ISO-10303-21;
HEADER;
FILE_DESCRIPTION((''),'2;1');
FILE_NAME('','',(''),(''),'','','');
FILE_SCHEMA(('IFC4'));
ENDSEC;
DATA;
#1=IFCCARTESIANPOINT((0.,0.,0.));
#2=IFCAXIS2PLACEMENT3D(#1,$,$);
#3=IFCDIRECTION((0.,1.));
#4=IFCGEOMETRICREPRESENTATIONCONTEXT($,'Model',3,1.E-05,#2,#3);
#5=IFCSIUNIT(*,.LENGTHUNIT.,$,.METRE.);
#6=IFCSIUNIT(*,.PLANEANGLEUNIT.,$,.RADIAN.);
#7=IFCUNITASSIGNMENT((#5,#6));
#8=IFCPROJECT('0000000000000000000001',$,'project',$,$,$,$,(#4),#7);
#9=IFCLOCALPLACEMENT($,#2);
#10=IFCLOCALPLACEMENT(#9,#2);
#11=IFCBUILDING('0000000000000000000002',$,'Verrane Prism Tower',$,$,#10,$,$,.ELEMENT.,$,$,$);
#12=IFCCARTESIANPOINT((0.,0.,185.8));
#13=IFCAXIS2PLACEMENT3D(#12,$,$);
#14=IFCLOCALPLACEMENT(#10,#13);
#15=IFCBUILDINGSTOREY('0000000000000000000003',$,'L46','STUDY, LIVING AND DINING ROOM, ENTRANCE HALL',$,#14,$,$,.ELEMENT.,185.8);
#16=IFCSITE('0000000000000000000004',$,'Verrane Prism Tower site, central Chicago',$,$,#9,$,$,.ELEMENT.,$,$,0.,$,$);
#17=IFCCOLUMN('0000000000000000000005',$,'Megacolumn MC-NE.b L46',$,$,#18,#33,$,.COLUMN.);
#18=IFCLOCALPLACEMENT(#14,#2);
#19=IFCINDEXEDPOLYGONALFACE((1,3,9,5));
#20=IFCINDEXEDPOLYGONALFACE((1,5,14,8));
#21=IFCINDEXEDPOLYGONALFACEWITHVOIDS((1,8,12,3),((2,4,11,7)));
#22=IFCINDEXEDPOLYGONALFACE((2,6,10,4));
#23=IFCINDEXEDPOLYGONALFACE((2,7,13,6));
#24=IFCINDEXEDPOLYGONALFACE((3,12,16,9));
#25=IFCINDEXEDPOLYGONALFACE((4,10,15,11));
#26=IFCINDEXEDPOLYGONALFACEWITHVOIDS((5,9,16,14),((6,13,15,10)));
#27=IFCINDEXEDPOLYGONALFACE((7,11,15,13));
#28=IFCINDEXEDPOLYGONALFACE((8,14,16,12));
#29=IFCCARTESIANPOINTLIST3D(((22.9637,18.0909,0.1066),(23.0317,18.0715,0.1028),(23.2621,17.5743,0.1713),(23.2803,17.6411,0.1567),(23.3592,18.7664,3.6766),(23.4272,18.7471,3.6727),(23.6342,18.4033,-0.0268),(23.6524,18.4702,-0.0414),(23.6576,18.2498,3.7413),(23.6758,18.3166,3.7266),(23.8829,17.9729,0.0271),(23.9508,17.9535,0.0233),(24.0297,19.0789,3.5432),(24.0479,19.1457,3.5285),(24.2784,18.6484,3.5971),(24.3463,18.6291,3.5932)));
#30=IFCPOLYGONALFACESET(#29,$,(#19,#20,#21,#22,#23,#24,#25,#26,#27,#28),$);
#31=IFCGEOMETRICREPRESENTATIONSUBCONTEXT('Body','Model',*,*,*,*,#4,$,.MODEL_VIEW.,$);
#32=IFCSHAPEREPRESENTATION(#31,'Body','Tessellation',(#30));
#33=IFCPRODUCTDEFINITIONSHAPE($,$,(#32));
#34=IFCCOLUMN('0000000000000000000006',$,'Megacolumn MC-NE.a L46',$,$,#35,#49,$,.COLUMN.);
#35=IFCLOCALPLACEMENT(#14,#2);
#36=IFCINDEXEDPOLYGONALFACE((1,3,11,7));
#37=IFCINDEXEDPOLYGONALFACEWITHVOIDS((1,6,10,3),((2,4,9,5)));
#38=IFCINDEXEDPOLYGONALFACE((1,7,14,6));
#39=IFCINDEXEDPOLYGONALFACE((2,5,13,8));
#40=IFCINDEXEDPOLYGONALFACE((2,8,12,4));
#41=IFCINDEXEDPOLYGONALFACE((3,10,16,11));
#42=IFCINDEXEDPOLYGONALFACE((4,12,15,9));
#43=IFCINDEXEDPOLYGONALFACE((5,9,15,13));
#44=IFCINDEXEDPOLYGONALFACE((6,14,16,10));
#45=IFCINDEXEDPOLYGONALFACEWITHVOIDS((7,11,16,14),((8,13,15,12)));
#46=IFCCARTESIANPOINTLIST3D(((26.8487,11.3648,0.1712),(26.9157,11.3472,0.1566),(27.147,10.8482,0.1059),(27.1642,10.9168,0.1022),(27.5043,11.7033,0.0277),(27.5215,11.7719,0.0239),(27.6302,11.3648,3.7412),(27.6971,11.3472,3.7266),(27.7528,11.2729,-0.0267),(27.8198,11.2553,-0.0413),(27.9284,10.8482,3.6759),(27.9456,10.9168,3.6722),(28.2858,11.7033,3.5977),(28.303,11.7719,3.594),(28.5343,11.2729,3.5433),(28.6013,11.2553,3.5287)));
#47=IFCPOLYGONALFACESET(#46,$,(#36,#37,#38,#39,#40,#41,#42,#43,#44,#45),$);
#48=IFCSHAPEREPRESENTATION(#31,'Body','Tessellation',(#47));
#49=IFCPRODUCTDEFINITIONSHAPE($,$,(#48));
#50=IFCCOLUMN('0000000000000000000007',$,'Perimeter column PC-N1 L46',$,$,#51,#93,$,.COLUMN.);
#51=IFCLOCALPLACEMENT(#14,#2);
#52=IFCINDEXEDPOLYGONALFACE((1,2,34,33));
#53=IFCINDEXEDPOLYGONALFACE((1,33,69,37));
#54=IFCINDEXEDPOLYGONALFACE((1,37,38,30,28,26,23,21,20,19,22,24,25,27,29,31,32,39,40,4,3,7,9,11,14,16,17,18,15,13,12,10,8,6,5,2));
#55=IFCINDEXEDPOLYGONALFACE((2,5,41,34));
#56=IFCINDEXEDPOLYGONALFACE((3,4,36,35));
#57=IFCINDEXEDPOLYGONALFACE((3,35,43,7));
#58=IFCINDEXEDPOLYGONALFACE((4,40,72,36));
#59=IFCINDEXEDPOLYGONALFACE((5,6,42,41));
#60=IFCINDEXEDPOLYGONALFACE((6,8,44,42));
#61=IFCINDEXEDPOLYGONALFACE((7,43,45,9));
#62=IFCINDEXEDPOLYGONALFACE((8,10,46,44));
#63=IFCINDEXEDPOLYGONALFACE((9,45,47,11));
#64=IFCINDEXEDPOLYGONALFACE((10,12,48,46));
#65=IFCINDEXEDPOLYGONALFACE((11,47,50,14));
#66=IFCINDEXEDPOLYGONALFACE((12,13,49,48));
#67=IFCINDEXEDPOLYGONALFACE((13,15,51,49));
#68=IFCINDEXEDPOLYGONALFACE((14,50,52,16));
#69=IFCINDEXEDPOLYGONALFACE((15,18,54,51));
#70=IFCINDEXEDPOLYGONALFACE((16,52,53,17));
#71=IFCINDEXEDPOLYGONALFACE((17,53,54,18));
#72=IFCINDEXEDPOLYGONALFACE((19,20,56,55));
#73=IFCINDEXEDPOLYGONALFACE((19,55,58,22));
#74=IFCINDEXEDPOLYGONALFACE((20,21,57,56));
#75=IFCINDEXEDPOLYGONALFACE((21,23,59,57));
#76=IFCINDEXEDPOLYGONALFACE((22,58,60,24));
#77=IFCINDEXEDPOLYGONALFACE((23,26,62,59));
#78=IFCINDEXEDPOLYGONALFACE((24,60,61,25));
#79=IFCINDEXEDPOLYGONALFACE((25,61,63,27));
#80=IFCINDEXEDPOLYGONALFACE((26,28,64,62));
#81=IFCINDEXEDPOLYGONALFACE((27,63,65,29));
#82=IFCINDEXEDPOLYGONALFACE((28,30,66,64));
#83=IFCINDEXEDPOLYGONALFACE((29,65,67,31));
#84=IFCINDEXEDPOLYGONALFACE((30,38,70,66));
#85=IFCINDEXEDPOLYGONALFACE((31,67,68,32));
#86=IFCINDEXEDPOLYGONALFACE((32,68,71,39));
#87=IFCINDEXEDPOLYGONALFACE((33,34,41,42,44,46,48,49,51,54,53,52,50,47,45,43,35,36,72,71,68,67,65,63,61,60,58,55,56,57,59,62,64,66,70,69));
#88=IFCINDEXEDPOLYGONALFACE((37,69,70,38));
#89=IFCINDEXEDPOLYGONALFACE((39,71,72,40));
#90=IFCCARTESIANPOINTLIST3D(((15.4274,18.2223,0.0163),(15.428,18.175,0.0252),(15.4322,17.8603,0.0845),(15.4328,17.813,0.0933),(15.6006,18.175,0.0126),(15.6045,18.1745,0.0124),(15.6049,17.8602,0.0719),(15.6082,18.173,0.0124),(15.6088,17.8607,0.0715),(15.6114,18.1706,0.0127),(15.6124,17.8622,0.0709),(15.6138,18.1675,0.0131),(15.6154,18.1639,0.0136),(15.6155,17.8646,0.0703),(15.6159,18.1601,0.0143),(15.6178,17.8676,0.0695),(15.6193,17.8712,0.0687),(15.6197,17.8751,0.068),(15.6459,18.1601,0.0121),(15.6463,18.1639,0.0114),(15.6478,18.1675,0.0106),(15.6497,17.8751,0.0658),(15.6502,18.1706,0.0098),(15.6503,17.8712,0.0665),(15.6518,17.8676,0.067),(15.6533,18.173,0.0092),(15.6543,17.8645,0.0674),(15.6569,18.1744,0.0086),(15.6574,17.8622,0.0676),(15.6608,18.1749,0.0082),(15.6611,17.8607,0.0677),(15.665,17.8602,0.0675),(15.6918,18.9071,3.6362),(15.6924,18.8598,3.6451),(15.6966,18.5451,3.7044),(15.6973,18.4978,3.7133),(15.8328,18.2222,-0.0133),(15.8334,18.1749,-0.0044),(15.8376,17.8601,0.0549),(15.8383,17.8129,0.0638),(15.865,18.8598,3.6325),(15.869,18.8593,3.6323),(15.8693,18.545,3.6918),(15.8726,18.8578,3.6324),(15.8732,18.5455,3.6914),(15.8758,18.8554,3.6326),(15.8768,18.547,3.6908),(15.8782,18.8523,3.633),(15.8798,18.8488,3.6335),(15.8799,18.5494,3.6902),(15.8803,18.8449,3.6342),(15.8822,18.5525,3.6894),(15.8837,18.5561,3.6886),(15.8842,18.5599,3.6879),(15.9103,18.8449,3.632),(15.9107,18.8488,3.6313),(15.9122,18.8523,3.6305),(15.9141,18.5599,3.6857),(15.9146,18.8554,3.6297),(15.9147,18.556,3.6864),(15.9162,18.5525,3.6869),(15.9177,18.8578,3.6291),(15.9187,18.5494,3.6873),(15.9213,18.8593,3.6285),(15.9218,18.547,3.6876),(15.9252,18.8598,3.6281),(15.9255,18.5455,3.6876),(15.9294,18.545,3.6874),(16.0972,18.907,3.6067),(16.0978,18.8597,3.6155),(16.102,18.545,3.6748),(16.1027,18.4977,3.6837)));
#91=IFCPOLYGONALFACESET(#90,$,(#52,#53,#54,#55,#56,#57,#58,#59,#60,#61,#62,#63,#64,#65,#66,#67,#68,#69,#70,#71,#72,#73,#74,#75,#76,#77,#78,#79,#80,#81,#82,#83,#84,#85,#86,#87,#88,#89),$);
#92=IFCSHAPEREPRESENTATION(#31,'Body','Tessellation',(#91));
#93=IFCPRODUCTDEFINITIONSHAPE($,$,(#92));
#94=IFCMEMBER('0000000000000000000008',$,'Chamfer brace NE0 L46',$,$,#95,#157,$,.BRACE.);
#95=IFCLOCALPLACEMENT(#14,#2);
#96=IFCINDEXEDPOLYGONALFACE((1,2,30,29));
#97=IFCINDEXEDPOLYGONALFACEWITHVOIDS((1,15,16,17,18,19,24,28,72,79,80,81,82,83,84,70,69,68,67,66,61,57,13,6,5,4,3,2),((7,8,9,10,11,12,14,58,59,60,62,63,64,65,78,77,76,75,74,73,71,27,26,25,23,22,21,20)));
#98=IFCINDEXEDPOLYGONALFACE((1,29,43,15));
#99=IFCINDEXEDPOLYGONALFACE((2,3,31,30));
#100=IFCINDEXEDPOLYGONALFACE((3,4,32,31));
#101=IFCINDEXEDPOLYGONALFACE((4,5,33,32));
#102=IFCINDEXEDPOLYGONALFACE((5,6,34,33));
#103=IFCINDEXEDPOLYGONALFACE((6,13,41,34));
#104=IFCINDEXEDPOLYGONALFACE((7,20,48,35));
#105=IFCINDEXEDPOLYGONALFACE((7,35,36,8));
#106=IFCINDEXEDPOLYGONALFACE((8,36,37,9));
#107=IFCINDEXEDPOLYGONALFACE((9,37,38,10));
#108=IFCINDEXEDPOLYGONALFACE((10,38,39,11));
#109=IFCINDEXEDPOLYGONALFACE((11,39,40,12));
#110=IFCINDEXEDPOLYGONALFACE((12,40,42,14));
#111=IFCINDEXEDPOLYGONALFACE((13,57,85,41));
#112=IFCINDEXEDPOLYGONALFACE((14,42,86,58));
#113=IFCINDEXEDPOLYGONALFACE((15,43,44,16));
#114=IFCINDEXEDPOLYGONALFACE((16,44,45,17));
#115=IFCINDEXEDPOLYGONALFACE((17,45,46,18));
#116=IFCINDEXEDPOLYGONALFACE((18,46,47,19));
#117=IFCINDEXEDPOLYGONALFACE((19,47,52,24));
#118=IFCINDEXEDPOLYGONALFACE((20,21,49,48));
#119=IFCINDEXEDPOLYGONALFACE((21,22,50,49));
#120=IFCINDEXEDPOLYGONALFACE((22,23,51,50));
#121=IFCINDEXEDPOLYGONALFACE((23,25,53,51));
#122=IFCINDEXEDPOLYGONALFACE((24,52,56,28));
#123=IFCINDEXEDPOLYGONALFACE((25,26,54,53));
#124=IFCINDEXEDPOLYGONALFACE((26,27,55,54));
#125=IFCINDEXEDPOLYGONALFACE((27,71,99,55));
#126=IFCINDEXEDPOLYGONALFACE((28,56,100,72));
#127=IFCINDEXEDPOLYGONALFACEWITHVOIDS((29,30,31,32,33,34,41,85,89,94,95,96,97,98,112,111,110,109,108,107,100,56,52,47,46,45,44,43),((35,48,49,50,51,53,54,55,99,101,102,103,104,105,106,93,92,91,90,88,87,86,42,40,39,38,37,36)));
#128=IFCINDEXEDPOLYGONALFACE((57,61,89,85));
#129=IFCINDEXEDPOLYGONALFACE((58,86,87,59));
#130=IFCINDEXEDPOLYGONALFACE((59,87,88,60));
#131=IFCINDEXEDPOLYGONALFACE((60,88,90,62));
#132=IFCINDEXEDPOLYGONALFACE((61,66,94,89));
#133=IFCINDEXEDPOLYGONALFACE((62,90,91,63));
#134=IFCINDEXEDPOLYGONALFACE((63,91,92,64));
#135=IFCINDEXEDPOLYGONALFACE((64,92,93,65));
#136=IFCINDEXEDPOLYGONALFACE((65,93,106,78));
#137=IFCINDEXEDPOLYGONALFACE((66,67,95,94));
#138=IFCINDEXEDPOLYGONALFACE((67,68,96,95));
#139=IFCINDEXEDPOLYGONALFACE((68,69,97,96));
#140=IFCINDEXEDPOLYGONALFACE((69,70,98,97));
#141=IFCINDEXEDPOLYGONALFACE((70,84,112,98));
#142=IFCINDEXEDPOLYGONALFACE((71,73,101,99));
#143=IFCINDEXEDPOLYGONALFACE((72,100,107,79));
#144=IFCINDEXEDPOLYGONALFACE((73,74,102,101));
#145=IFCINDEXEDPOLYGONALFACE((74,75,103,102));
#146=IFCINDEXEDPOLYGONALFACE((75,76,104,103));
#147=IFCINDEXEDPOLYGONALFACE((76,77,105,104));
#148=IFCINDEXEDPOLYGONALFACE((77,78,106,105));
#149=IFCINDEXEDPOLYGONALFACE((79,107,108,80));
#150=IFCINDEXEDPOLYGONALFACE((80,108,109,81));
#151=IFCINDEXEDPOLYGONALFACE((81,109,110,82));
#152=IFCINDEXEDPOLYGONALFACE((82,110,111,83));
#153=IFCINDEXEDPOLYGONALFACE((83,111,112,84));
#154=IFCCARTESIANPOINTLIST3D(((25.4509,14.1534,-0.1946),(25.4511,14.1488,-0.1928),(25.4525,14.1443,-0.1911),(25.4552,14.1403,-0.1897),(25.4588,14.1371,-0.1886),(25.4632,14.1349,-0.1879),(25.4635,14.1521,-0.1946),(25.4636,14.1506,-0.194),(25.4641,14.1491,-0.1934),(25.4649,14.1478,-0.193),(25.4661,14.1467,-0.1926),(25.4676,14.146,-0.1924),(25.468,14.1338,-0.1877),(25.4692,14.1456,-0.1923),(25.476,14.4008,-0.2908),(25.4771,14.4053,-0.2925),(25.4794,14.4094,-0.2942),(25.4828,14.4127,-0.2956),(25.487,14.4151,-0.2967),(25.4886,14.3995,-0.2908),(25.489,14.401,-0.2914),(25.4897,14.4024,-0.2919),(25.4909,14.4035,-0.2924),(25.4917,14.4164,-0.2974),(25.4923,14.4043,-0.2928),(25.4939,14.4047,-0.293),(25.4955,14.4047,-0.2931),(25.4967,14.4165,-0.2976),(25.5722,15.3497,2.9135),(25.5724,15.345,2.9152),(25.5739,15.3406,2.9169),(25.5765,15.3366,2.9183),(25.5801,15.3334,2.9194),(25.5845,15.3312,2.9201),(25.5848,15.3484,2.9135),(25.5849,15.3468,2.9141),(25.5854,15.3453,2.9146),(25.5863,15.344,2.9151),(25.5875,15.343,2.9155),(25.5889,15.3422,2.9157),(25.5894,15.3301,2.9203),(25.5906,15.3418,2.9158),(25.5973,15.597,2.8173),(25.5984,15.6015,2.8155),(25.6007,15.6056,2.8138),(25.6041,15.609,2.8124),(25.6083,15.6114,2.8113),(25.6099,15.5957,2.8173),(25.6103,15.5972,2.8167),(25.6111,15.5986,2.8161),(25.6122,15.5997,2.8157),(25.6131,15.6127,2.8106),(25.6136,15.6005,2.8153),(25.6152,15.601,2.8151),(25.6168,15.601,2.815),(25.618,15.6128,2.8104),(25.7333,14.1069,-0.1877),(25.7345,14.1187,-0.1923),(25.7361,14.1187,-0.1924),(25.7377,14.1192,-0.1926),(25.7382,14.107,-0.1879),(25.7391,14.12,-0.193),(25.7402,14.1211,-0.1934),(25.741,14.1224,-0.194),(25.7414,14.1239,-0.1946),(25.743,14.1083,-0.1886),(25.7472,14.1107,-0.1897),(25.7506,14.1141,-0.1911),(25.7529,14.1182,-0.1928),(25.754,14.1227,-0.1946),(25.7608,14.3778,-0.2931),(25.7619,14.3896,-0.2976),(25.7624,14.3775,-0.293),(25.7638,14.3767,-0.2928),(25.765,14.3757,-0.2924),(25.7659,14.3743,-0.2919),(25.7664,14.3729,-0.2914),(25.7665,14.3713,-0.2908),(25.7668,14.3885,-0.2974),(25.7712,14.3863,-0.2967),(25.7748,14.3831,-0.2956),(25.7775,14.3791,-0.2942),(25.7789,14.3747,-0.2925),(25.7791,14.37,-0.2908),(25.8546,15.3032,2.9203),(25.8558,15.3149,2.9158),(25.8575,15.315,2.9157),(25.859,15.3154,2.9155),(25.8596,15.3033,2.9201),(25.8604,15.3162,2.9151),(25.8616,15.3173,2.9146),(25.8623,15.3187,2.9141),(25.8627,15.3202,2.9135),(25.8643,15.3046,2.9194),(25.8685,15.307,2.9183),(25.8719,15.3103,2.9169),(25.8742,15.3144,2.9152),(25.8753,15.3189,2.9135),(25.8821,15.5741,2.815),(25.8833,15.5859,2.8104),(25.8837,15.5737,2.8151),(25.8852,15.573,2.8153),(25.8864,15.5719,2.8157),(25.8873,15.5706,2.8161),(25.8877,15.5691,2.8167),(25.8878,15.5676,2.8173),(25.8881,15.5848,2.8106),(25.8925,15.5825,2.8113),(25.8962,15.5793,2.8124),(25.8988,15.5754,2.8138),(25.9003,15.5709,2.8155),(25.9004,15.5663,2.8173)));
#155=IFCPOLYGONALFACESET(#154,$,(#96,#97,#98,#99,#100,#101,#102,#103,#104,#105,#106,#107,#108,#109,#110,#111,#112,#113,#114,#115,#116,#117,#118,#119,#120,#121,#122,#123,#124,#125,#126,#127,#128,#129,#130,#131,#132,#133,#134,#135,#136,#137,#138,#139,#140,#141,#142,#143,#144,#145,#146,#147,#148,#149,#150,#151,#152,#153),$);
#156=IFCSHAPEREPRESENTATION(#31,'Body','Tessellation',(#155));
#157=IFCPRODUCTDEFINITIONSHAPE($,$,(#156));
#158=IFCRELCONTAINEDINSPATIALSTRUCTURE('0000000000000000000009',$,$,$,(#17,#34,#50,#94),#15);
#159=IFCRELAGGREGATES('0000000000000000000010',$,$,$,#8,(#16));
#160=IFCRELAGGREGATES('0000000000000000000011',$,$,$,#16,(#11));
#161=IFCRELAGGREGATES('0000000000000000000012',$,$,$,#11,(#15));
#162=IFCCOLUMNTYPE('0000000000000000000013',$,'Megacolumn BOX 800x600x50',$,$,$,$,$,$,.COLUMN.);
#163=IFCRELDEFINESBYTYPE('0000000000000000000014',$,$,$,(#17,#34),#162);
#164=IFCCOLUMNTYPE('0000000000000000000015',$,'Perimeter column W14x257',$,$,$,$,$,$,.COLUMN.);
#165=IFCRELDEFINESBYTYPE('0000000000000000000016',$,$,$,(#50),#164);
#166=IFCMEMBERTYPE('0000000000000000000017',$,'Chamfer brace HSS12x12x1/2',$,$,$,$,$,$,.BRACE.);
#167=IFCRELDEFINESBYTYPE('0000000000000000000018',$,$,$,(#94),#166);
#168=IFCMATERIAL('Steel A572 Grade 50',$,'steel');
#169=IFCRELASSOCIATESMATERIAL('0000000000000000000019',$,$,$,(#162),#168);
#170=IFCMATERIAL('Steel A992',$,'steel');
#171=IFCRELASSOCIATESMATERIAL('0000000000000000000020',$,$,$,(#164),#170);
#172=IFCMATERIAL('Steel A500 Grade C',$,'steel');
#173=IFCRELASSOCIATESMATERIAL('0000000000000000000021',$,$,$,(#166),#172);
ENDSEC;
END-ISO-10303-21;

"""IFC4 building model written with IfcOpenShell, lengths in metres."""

from ifc_helpers import new_model, si_unit, direction, frame, origin, origin_2d, place, context, subcontext, project, spatial, hollow_rectangle, i_section, extrude, material, material_profile, profile_set, type_object, element, save


model = new_model("IFC4")

# Units and contexts
model_context = context("Model", 3, precision=1e-05, world=origin(), true_north=direction((0.0, 1.0)))
body_context = subcontext(model_context, "Body", "Model", "MODEL_VIEW")
ifc_project = project(units=[si_unit("LENGTHUNIT", "METRE"), si_unit("PLANEANGLEUNIT", "RADIAN")], contexts=[model_context])

# Site, building, storey
site_placement = place(None, origin())
site = spatial("IfcSite", under=ifc_project, at=site_placement, Name="Verrane Prism Tower site, central Chicago", CompositionType="ELEMENT", RefElevation=0.0)
building_placement = place(site_placement, origin())
building = spatial("IfcBuilding", under=site, at=building_placement, Name="Verrane Prism Tower", CompositionType="ELEMENT")
storey_placement = place(building_placement, frame((0.0, 0.0, 185.8)))
storey = spatial("IfcBuildingStorey", under=building, at=storey_placement, Name="L46", Description="STUDY, LIVING AND DINING ROOM, ENTRANCE HALL", CompositionType="ELEMENT", Elevation=185.8)

# Columns
ifc_material_1 = material(Name="Steel A572 Grade 50", Category="steel")
ifc_material_profile_1 = material_profile(ifc_material_1, hollow_rectangle(XDim=0.6001, YDim=0.8, WallThickness=0.05, at=origin_2d()), Name="BOX 800x600x50")
ifc_profile_set_1 = profile_set([ifc_material_profile_1], Name="Steel A572 Grade 50")
column_type_1 = type_object("IfcColumnType", Name="Megacolumn BOX 800x600x50", PredefinedType="COLUMN", material=ifc_profile_set_1)
column_1_placement = place(storey_placement, frame((23.4573, 18.0222, 0.0649), z_axis=(0.108214, 0.184831, 0.976794), x_axis=(0.497243, -0.860887, 0.107812)))
element("IfcColumn", 1, at=column_1_placement, inside=storey, type_object=column_type_1, Name="Megacolumn MC-NE.b L46", PredefinedType="COLUMN", context=body_context, shape_type="SweptSolid", body=[
    extrude(hollow_rectangle(XDim=0.6001, YDim=0.8, WallThickness=0.05, at=origin_2d()), origin(), (0.0, 0.0, 1.0), 3.6548),
])
column_2_placement = place(storey_placement, frame((27.3342, 11.3101, 0.0649), z_axis=(0.213838, 0.0, 0.976869), x_axis=(0.497033, -0.860883, -0.108801)))
element("IfcColumn", 2, at=column_2_placement, inside=storey, type_object=column_type_1, Name="Megacolumn MC-NE.a L46", PredefinedType="COLUMN", context=body_context, shape_type="SweptSolid", body=[
    extrude(hollow_rectangle(XDim=0.6001, YDim=0.8, WallThickness=0.05, at=origin_2d()), origin(), (0.0, 0.0, 1.0), 3.6545),
])
ifc_material_2 = material(Name="Steel A992", Category="steel")
ifc_material_profile_2 = material_profile(ifc_material_2, i_section(OverallWidth=0.4065, OverallDepth=0.4165, WebThickness=0.03, FlangeThickness=0.0481, FilletRadius=0.0151, at=origin_2d()), Name="W14x257")
ifc_profile_set_2 = profile_set([ifc_material_profile_2], Name="Steel A992")
column_type_2 = type_object("IfcColumnType", Name="Perimeter column W14x257", PredefinedType="COLUMN", material=ifc_profile_set_2)
column_3_placement = place(storey_placement, frame((15.6328, 18.0176, 0.04), z_axis=(0.071585, 0.185408, 0.980051), x_axis=(0.997348, -0.000333, -0.072786)))
element("IfcColumn", 3, at=column_3_placement, inside=storey, type_object=column_type_2, Name="Perimeter column PC-N1 L46", PredefinedType="COLUMN", context=body_context, shape_type="SweptSolid", body=[
    extrude(i_section(OverallWidth=0.4065, OverallDepth=0.4165, WebThickness=0.03, FlangeThickness=0.0481, FilletRadius=0.0151, at=origin_2d()), origin(), (0.0, 0.0, 1.0), 3.6936),
])

# Member
ifc_material_3 = material(Name="Steel A500 Grade C", Category="steel")
ifc_material_profile_3 = material_profile(ifc_material_3, hollow_rectangle(XDim=0.3047, YDim=0.3047, WallThickness=0.0127, InnerFilletRadius=0.0063, OuterFilletRadius=0.019, at=origin_2d()), Name="HSS12x12x1/2")
ifc_profile_set_3 = profile_set([ifc_material_profile_3], Name="Steel A500 Grade C")
member_type_1 = type_object("IfcMemberType", Name="Chamfer brace HSS12x12x1/2", PredefinedType="BRACE", material=ifc_profile_set_3)
member_1_placement = place(storey_placement, frame((25.615, 14.2617, -0.2427), z_axis=(0.036409, 0.358962, 0.932642), x_axis=(-0.994895, 0.100911, 0.0)))
element("IfcMember", 4, at=member_1_placement, inside=storey, type_object=member_type_1, Name="Chamfer brace NE0 L46", PredefinedType="BRACE", context=body_context, shape_type="SweptSolid", body=[
    extrude(hollow_rectangle(XDim=0.3047, YDim=0.3047, WallThickness=0.0127, InnerFilletRadius=0.0063, OuterFilletRadius=0.019, at=origin_2d()), origin(), (0.0, 0.0, 1.0), 3.3325),
])

save(model, "model.ifc")
